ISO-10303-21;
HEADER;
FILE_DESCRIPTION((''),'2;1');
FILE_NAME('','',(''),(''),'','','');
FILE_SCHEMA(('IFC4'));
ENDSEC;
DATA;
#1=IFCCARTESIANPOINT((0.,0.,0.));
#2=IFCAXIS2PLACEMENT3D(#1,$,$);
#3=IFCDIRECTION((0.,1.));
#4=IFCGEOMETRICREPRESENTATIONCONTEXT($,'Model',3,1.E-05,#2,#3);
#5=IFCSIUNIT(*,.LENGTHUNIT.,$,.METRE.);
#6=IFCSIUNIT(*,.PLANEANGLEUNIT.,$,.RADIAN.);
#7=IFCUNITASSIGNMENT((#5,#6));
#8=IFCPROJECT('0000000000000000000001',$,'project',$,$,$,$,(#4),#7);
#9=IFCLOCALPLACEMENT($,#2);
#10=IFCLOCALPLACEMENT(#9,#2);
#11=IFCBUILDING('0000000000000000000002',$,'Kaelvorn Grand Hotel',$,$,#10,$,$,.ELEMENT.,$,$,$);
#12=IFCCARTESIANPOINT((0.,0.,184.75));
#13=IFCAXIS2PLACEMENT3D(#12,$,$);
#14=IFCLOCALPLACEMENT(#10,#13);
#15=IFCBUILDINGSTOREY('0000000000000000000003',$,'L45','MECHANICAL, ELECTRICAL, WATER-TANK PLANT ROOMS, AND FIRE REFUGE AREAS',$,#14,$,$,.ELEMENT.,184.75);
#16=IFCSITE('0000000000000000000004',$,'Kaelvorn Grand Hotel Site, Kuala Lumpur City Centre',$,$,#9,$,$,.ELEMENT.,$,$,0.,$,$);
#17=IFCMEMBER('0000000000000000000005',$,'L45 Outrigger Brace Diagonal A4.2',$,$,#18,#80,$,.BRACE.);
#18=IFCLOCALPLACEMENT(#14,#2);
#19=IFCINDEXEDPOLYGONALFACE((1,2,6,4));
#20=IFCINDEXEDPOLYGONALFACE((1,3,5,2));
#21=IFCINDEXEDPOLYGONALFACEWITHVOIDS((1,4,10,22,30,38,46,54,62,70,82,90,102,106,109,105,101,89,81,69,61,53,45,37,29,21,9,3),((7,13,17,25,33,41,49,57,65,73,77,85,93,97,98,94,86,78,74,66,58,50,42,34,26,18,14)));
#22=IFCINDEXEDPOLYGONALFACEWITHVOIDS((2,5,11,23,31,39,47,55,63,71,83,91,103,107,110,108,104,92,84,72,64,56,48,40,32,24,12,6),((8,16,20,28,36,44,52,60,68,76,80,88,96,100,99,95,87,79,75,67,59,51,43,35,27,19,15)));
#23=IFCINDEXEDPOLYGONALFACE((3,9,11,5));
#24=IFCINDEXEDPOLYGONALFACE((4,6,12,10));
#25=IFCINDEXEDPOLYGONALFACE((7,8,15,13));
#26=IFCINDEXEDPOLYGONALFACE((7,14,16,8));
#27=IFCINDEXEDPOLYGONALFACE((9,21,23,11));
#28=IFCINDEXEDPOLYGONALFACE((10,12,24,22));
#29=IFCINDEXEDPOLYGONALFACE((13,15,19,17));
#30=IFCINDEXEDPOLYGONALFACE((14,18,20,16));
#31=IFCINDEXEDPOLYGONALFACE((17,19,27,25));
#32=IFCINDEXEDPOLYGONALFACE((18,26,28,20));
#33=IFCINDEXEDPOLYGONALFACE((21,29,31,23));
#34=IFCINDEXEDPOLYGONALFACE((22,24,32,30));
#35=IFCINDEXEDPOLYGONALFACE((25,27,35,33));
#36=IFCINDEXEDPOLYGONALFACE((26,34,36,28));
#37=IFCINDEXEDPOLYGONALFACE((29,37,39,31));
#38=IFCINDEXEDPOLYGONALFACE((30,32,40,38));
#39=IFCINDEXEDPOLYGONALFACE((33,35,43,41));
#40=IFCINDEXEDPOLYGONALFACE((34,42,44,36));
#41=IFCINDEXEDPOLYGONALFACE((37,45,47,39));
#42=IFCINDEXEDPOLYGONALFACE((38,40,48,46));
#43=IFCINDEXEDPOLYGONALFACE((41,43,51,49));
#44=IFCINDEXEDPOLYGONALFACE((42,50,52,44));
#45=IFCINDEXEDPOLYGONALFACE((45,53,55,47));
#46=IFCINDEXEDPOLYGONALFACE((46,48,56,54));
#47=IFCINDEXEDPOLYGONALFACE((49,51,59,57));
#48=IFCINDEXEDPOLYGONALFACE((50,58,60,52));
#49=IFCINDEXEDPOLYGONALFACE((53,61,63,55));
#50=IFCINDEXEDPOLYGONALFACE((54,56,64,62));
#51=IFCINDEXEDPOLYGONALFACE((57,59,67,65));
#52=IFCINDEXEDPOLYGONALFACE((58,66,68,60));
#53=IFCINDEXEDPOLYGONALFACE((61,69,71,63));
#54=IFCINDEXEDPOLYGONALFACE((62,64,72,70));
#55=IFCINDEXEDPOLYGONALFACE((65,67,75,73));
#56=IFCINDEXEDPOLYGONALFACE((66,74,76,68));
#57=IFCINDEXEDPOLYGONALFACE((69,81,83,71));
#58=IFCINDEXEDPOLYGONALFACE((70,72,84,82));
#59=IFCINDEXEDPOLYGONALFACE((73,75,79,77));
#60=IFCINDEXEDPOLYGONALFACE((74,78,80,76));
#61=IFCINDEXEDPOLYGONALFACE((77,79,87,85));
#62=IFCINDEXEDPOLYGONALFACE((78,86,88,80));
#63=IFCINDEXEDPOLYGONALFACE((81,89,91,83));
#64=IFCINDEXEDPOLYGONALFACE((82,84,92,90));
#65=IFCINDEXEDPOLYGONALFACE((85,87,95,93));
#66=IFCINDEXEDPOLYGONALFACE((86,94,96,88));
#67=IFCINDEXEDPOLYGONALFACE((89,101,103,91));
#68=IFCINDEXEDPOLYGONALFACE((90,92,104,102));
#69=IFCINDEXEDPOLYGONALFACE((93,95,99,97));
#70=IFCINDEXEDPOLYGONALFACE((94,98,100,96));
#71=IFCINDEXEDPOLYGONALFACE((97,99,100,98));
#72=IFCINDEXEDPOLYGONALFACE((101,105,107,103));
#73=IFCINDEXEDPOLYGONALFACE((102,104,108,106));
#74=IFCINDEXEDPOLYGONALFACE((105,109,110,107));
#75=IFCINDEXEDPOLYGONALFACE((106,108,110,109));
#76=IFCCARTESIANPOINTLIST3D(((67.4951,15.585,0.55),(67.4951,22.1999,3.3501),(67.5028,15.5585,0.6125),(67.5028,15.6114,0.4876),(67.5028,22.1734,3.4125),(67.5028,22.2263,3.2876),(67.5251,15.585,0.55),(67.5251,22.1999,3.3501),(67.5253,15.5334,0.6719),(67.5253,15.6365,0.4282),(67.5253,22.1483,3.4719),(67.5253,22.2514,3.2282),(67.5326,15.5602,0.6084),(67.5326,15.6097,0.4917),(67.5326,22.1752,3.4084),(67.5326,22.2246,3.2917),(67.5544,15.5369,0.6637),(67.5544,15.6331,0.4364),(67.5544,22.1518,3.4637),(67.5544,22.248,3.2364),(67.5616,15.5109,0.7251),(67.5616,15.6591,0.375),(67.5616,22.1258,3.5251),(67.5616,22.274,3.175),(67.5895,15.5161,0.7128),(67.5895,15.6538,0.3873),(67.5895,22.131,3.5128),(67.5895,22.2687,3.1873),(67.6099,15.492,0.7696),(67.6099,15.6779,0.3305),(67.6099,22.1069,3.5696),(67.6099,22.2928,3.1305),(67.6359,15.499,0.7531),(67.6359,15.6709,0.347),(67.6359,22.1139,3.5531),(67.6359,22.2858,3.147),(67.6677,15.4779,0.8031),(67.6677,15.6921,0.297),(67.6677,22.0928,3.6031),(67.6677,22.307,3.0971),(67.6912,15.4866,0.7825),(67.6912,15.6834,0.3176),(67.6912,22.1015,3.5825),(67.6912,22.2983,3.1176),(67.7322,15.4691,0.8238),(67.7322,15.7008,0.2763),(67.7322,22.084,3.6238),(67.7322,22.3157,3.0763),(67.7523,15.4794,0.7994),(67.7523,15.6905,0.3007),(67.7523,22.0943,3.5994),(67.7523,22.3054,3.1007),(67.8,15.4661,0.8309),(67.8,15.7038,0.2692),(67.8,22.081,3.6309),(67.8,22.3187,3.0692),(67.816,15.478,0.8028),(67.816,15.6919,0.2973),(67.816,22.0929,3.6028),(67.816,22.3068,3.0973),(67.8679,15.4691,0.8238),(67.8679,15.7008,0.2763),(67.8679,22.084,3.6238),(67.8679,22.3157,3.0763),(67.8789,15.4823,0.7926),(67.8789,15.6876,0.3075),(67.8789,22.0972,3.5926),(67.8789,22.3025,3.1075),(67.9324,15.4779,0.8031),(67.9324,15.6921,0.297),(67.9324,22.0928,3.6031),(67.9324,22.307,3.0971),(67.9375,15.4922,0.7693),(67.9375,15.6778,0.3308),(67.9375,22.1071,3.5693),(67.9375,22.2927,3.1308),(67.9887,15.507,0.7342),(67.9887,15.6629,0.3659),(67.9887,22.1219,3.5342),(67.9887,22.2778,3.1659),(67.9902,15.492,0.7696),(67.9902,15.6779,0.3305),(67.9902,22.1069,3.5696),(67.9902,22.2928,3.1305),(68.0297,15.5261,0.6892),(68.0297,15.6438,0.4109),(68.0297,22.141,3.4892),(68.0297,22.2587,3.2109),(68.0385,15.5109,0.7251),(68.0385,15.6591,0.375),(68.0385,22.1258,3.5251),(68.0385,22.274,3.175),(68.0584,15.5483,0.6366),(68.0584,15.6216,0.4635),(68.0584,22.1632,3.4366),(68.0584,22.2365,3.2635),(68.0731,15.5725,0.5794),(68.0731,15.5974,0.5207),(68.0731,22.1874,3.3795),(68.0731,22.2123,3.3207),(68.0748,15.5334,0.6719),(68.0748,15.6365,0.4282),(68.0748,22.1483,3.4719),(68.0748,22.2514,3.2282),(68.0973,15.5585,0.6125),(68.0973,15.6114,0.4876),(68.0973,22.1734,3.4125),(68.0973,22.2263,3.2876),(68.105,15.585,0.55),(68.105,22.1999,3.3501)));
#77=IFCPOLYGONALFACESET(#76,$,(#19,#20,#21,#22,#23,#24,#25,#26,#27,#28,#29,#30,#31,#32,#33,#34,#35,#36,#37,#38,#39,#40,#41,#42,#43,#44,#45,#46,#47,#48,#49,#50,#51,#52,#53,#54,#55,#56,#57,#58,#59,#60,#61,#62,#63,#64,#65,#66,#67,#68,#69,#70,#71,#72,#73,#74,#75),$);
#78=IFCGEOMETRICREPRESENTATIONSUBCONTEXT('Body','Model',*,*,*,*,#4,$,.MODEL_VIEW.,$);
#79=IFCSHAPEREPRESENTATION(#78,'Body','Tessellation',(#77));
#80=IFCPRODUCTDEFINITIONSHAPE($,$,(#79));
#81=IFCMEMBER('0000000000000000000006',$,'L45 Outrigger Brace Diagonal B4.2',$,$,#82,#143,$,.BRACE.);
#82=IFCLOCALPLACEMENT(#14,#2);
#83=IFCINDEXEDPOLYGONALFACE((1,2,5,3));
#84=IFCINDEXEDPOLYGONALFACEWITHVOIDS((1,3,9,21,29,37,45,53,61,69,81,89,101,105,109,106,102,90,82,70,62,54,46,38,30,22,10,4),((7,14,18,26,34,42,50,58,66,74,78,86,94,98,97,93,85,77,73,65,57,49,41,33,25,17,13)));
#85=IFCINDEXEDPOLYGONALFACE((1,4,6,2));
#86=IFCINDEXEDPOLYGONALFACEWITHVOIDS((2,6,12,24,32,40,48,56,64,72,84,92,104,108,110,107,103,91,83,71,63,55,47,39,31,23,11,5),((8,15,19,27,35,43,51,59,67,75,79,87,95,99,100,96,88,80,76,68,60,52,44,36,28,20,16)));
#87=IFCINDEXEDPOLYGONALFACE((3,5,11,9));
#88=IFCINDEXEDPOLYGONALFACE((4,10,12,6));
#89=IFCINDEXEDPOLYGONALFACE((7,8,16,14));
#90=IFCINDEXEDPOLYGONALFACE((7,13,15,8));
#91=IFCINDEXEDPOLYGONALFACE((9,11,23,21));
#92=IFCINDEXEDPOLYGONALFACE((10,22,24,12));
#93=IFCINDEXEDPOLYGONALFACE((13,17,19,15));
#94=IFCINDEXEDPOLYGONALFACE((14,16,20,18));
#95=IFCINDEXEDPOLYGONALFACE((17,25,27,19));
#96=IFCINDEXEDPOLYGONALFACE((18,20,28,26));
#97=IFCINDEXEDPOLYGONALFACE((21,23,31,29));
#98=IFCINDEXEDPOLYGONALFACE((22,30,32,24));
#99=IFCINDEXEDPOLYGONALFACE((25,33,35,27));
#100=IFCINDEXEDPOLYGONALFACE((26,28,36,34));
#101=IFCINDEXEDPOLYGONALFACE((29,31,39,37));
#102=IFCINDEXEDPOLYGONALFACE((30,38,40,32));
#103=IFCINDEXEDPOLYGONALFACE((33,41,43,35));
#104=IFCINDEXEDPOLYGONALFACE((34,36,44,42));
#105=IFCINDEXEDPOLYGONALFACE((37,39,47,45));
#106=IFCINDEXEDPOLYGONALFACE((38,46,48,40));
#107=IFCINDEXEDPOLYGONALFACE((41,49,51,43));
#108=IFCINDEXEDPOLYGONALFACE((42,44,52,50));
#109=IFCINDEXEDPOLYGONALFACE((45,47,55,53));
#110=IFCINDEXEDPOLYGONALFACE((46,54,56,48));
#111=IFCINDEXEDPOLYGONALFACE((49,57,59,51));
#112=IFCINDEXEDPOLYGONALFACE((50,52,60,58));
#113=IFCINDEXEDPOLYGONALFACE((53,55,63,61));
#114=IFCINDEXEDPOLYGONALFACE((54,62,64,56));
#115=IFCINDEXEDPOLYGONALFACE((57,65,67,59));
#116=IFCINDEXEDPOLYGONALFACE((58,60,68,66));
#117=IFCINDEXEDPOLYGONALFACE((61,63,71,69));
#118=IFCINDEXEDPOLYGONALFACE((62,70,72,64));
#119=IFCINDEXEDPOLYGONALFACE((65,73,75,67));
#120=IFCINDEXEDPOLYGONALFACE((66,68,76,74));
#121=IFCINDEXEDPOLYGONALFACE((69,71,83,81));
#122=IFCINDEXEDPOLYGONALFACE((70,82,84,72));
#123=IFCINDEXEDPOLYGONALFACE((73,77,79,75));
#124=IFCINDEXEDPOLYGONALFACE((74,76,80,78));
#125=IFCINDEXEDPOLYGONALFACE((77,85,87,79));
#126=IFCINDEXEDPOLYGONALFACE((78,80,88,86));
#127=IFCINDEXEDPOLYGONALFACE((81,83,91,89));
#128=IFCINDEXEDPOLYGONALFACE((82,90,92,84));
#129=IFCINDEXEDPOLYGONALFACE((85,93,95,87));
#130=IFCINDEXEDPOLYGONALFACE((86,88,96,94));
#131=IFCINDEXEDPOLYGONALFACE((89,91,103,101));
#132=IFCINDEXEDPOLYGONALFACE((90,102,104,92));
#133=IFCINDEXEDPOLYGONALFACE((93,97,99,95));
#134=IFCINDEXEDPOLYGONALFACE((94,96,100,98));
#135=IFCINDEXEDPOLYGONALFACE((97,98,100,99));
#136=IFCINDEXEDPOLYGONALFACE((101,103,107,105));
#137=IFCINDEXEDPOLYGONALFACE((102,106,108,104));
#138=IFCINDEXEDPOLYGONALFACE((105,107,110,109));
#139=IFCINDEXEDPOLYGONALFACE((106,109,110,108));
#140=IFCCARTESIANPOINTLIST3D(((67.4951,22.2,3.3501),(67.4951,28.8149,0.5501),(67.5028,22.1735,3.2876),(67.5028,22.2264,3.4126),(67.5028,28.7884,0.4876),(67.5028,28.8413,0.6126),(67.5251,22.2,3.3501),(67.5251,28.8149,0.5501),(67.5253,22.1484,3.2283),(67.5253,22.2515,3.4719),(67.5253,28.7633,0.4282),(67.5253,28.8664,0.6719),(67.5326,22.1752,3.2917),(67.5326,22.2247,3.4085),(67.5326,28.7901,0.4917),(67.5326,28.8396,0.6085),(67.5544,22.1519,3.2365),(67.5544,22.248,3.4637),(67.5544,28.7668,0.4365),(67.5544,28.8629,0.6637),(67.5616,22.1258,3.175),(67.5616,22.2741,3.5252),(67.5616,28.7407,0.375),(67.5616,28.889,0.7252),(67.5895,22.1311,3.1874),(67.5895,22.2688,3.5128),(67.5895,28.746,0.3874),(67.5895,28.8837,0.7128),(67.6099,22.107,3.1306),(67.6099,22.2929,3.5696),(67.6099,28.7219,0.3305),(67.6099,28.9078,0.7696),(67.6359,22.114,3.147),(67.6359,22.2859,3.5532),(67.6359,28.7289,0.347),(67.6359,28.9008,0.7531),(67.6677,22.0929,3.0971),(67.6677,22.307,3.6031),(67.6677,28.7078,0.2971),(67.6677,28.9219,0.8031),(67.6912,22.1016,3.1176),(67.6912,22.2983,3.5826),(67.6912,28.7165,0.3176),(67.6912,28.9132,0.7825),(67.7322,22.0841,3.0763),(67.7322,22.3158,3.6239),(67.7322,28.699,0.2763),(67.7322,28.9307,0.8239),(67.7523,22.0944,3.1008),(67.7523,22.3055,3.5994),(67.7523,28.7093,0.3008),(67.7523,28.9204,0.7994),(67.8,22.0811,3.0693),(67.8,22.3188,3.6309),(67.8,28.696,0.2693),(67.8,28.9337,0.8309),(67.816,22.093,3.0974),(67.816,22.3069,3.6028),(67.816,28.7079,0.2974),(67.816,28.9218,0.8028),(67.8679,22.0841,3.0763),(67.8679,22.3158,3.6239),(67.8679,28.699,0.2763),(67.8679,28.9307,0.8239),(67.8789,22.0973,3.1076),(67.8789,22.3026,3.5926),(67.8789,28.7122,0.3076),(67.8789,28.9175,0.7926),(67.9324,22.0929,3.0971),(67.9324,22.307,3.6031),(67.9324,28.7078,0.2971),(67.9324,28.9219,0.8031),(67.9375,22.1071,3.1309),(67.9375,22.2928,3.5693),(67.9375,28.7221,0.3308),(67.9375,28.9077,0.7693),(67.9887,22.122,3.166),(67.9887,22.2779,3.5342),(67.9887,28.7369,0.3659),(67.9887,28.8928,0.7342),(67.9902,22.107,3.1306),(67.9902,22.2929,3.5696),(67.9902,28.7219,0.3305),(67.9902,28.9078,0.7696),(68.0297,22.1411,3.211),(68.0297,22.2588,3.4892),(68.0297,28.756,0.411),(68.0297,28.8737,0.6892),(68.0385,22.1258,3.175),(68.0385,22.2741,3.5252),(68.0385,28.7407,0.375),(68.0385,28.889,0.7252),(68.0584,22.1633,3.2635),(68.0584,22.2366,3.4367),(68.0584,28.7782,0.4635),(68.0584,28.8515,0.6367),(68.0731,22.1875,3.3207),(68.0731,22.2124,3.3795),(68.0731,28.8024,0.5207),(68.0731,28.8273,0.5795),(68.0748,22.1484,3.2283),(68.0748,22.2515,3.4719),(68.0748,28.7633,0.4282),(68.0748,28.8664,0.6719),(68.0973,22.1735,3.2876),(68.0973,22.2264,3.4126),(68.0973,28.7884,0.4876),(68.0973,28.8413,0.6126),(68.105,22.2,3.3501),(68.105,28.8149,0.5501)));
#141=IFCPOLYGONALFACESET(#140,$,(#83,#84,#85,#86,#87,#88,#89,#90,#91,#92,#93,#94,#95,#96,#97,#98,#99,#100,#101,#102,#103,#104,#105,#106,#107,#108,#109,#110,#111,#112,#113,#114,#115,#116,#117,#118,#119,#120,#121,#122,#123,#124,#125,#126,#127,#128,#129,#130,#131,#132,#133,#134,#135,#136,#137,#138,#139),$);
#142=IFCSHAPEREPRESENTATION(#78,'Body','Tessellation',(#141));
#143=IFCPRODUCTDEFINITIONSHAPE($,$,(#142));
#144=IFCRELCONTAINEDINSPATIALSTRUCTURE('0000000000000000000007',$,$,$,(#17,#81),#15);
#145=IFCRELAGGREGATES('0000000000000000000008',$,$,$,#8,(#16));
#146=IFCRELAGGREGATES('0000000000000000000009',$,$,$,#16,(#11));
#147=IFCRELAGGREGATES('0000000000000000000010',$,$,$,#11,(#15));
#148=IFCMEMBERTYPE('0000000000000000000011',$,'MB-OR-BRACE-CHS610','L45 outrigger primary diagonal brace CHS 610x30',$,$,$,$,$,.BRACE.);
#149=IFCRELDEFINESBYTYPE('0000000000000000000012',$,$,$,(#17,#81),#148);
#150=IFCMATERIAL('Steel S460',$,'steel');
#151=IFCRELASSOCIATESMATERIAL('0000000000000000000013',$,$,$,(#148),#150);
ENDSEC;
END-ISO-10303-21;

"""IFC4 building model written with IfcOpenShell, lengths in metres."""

from ifc_helpers import new_model, si_unit, direction, frame, origin, origin_2d, place, context, subcontext, project, spatial, hollow_circle, extrude, material, material_profile, profile_set, type_object, element, save


model = new_model("IFC4")

# Units and contexts
model_context = context("Model", 3, precision=1e-05, world=origin(), true_north=direction((0.0, 1.0)))
body_context = subcontext(model_context, "Body", "Model", "MODEL_VIEW")
ifc_project = project(units=[si_unit("LENGTHUNIT", "METRE"), si_unit("PLANEANGLEUNIT", "RADIAN")], contexts=[model_context])

# Site, building, storey
site_placement = place(None, origin())
site = spatial("IfcSite", under=ifc_project, at=site_placement, Name="Kaelvorn Grand Hotel Site, Kuala Lumpur City Centre", CompositionType="ELEMENT", RefElevation=0.0)
building_placement = place(site_placement, origin())
building = spatial("IfcBuilding", under=site, at=building_placement, Name="Kaelvorn Grand Hotel", CompositionType="ELEMENT")
storey_placement = place(building_placement, frame((0.0, 0.0, 184.75)))
storey = spatial("IfcBuildingStorey", under=building, at=storey_placement, Name="L45", Description="MECHANICAL, ELECTRICAL, WATER-TANK PLANT ROOMS, AND FIRE REFUGE AREAS", CompositionType="ELEMENT", Elevation=184.75)

# Shared definitions
ifc_material_1 = material(Name="Steel S460", Category="steel")

# Members
ifc_material_profile_1 = material_profile(ifc_material_1, hollow_circle(Radius=0.3049, WallThickness=0.03, at=origin_2d()), Name="CHS 610.0x30.0")
ifc_profile_set_1 = profile_set([ifc_material_profile_1], Name="Steel S460")
member_type_1 = type_object("IfcMemberType", Name="MB-OR-BRACE-CHS610", Description="L45 outrigger primary diagonal brace CHS 610x30", PredefinedType="BRACE", material=ifc_profile_set_1)
for number, where, z_axis, x_axis, name in (
    (1, (67.8, 15.585, 0.55), (0.0, 0.920897, 0.389805), (-1.0, 0.0, 0.0), "L45 Outrigger Brace Diagonal A4.2"),
    (2, (67.8, 22.2, 3.3501), (0.0, 0.920897, -0.389805), (-1.0, 0.0, 0.0), "L45 Outrigger Brace Diagonal B4.2"),
):
    element("IfcMember", number, at=place(storey_placement, frame(where, z_axis=z_axis, x_axis=x_axis)), inside=storey, type_object=member_type_1, Name=name, PredefinedType="BRACE", context=body_context, shape_type="SweptSolid", body=[
        extrude(hollow_circle(Radius=0.3049, WallThickness=0.03, at=origin_2d()), origin(), (0.0, 0.0, 1.0), 7.1831),
    ])

save(model, "model.ifc")
